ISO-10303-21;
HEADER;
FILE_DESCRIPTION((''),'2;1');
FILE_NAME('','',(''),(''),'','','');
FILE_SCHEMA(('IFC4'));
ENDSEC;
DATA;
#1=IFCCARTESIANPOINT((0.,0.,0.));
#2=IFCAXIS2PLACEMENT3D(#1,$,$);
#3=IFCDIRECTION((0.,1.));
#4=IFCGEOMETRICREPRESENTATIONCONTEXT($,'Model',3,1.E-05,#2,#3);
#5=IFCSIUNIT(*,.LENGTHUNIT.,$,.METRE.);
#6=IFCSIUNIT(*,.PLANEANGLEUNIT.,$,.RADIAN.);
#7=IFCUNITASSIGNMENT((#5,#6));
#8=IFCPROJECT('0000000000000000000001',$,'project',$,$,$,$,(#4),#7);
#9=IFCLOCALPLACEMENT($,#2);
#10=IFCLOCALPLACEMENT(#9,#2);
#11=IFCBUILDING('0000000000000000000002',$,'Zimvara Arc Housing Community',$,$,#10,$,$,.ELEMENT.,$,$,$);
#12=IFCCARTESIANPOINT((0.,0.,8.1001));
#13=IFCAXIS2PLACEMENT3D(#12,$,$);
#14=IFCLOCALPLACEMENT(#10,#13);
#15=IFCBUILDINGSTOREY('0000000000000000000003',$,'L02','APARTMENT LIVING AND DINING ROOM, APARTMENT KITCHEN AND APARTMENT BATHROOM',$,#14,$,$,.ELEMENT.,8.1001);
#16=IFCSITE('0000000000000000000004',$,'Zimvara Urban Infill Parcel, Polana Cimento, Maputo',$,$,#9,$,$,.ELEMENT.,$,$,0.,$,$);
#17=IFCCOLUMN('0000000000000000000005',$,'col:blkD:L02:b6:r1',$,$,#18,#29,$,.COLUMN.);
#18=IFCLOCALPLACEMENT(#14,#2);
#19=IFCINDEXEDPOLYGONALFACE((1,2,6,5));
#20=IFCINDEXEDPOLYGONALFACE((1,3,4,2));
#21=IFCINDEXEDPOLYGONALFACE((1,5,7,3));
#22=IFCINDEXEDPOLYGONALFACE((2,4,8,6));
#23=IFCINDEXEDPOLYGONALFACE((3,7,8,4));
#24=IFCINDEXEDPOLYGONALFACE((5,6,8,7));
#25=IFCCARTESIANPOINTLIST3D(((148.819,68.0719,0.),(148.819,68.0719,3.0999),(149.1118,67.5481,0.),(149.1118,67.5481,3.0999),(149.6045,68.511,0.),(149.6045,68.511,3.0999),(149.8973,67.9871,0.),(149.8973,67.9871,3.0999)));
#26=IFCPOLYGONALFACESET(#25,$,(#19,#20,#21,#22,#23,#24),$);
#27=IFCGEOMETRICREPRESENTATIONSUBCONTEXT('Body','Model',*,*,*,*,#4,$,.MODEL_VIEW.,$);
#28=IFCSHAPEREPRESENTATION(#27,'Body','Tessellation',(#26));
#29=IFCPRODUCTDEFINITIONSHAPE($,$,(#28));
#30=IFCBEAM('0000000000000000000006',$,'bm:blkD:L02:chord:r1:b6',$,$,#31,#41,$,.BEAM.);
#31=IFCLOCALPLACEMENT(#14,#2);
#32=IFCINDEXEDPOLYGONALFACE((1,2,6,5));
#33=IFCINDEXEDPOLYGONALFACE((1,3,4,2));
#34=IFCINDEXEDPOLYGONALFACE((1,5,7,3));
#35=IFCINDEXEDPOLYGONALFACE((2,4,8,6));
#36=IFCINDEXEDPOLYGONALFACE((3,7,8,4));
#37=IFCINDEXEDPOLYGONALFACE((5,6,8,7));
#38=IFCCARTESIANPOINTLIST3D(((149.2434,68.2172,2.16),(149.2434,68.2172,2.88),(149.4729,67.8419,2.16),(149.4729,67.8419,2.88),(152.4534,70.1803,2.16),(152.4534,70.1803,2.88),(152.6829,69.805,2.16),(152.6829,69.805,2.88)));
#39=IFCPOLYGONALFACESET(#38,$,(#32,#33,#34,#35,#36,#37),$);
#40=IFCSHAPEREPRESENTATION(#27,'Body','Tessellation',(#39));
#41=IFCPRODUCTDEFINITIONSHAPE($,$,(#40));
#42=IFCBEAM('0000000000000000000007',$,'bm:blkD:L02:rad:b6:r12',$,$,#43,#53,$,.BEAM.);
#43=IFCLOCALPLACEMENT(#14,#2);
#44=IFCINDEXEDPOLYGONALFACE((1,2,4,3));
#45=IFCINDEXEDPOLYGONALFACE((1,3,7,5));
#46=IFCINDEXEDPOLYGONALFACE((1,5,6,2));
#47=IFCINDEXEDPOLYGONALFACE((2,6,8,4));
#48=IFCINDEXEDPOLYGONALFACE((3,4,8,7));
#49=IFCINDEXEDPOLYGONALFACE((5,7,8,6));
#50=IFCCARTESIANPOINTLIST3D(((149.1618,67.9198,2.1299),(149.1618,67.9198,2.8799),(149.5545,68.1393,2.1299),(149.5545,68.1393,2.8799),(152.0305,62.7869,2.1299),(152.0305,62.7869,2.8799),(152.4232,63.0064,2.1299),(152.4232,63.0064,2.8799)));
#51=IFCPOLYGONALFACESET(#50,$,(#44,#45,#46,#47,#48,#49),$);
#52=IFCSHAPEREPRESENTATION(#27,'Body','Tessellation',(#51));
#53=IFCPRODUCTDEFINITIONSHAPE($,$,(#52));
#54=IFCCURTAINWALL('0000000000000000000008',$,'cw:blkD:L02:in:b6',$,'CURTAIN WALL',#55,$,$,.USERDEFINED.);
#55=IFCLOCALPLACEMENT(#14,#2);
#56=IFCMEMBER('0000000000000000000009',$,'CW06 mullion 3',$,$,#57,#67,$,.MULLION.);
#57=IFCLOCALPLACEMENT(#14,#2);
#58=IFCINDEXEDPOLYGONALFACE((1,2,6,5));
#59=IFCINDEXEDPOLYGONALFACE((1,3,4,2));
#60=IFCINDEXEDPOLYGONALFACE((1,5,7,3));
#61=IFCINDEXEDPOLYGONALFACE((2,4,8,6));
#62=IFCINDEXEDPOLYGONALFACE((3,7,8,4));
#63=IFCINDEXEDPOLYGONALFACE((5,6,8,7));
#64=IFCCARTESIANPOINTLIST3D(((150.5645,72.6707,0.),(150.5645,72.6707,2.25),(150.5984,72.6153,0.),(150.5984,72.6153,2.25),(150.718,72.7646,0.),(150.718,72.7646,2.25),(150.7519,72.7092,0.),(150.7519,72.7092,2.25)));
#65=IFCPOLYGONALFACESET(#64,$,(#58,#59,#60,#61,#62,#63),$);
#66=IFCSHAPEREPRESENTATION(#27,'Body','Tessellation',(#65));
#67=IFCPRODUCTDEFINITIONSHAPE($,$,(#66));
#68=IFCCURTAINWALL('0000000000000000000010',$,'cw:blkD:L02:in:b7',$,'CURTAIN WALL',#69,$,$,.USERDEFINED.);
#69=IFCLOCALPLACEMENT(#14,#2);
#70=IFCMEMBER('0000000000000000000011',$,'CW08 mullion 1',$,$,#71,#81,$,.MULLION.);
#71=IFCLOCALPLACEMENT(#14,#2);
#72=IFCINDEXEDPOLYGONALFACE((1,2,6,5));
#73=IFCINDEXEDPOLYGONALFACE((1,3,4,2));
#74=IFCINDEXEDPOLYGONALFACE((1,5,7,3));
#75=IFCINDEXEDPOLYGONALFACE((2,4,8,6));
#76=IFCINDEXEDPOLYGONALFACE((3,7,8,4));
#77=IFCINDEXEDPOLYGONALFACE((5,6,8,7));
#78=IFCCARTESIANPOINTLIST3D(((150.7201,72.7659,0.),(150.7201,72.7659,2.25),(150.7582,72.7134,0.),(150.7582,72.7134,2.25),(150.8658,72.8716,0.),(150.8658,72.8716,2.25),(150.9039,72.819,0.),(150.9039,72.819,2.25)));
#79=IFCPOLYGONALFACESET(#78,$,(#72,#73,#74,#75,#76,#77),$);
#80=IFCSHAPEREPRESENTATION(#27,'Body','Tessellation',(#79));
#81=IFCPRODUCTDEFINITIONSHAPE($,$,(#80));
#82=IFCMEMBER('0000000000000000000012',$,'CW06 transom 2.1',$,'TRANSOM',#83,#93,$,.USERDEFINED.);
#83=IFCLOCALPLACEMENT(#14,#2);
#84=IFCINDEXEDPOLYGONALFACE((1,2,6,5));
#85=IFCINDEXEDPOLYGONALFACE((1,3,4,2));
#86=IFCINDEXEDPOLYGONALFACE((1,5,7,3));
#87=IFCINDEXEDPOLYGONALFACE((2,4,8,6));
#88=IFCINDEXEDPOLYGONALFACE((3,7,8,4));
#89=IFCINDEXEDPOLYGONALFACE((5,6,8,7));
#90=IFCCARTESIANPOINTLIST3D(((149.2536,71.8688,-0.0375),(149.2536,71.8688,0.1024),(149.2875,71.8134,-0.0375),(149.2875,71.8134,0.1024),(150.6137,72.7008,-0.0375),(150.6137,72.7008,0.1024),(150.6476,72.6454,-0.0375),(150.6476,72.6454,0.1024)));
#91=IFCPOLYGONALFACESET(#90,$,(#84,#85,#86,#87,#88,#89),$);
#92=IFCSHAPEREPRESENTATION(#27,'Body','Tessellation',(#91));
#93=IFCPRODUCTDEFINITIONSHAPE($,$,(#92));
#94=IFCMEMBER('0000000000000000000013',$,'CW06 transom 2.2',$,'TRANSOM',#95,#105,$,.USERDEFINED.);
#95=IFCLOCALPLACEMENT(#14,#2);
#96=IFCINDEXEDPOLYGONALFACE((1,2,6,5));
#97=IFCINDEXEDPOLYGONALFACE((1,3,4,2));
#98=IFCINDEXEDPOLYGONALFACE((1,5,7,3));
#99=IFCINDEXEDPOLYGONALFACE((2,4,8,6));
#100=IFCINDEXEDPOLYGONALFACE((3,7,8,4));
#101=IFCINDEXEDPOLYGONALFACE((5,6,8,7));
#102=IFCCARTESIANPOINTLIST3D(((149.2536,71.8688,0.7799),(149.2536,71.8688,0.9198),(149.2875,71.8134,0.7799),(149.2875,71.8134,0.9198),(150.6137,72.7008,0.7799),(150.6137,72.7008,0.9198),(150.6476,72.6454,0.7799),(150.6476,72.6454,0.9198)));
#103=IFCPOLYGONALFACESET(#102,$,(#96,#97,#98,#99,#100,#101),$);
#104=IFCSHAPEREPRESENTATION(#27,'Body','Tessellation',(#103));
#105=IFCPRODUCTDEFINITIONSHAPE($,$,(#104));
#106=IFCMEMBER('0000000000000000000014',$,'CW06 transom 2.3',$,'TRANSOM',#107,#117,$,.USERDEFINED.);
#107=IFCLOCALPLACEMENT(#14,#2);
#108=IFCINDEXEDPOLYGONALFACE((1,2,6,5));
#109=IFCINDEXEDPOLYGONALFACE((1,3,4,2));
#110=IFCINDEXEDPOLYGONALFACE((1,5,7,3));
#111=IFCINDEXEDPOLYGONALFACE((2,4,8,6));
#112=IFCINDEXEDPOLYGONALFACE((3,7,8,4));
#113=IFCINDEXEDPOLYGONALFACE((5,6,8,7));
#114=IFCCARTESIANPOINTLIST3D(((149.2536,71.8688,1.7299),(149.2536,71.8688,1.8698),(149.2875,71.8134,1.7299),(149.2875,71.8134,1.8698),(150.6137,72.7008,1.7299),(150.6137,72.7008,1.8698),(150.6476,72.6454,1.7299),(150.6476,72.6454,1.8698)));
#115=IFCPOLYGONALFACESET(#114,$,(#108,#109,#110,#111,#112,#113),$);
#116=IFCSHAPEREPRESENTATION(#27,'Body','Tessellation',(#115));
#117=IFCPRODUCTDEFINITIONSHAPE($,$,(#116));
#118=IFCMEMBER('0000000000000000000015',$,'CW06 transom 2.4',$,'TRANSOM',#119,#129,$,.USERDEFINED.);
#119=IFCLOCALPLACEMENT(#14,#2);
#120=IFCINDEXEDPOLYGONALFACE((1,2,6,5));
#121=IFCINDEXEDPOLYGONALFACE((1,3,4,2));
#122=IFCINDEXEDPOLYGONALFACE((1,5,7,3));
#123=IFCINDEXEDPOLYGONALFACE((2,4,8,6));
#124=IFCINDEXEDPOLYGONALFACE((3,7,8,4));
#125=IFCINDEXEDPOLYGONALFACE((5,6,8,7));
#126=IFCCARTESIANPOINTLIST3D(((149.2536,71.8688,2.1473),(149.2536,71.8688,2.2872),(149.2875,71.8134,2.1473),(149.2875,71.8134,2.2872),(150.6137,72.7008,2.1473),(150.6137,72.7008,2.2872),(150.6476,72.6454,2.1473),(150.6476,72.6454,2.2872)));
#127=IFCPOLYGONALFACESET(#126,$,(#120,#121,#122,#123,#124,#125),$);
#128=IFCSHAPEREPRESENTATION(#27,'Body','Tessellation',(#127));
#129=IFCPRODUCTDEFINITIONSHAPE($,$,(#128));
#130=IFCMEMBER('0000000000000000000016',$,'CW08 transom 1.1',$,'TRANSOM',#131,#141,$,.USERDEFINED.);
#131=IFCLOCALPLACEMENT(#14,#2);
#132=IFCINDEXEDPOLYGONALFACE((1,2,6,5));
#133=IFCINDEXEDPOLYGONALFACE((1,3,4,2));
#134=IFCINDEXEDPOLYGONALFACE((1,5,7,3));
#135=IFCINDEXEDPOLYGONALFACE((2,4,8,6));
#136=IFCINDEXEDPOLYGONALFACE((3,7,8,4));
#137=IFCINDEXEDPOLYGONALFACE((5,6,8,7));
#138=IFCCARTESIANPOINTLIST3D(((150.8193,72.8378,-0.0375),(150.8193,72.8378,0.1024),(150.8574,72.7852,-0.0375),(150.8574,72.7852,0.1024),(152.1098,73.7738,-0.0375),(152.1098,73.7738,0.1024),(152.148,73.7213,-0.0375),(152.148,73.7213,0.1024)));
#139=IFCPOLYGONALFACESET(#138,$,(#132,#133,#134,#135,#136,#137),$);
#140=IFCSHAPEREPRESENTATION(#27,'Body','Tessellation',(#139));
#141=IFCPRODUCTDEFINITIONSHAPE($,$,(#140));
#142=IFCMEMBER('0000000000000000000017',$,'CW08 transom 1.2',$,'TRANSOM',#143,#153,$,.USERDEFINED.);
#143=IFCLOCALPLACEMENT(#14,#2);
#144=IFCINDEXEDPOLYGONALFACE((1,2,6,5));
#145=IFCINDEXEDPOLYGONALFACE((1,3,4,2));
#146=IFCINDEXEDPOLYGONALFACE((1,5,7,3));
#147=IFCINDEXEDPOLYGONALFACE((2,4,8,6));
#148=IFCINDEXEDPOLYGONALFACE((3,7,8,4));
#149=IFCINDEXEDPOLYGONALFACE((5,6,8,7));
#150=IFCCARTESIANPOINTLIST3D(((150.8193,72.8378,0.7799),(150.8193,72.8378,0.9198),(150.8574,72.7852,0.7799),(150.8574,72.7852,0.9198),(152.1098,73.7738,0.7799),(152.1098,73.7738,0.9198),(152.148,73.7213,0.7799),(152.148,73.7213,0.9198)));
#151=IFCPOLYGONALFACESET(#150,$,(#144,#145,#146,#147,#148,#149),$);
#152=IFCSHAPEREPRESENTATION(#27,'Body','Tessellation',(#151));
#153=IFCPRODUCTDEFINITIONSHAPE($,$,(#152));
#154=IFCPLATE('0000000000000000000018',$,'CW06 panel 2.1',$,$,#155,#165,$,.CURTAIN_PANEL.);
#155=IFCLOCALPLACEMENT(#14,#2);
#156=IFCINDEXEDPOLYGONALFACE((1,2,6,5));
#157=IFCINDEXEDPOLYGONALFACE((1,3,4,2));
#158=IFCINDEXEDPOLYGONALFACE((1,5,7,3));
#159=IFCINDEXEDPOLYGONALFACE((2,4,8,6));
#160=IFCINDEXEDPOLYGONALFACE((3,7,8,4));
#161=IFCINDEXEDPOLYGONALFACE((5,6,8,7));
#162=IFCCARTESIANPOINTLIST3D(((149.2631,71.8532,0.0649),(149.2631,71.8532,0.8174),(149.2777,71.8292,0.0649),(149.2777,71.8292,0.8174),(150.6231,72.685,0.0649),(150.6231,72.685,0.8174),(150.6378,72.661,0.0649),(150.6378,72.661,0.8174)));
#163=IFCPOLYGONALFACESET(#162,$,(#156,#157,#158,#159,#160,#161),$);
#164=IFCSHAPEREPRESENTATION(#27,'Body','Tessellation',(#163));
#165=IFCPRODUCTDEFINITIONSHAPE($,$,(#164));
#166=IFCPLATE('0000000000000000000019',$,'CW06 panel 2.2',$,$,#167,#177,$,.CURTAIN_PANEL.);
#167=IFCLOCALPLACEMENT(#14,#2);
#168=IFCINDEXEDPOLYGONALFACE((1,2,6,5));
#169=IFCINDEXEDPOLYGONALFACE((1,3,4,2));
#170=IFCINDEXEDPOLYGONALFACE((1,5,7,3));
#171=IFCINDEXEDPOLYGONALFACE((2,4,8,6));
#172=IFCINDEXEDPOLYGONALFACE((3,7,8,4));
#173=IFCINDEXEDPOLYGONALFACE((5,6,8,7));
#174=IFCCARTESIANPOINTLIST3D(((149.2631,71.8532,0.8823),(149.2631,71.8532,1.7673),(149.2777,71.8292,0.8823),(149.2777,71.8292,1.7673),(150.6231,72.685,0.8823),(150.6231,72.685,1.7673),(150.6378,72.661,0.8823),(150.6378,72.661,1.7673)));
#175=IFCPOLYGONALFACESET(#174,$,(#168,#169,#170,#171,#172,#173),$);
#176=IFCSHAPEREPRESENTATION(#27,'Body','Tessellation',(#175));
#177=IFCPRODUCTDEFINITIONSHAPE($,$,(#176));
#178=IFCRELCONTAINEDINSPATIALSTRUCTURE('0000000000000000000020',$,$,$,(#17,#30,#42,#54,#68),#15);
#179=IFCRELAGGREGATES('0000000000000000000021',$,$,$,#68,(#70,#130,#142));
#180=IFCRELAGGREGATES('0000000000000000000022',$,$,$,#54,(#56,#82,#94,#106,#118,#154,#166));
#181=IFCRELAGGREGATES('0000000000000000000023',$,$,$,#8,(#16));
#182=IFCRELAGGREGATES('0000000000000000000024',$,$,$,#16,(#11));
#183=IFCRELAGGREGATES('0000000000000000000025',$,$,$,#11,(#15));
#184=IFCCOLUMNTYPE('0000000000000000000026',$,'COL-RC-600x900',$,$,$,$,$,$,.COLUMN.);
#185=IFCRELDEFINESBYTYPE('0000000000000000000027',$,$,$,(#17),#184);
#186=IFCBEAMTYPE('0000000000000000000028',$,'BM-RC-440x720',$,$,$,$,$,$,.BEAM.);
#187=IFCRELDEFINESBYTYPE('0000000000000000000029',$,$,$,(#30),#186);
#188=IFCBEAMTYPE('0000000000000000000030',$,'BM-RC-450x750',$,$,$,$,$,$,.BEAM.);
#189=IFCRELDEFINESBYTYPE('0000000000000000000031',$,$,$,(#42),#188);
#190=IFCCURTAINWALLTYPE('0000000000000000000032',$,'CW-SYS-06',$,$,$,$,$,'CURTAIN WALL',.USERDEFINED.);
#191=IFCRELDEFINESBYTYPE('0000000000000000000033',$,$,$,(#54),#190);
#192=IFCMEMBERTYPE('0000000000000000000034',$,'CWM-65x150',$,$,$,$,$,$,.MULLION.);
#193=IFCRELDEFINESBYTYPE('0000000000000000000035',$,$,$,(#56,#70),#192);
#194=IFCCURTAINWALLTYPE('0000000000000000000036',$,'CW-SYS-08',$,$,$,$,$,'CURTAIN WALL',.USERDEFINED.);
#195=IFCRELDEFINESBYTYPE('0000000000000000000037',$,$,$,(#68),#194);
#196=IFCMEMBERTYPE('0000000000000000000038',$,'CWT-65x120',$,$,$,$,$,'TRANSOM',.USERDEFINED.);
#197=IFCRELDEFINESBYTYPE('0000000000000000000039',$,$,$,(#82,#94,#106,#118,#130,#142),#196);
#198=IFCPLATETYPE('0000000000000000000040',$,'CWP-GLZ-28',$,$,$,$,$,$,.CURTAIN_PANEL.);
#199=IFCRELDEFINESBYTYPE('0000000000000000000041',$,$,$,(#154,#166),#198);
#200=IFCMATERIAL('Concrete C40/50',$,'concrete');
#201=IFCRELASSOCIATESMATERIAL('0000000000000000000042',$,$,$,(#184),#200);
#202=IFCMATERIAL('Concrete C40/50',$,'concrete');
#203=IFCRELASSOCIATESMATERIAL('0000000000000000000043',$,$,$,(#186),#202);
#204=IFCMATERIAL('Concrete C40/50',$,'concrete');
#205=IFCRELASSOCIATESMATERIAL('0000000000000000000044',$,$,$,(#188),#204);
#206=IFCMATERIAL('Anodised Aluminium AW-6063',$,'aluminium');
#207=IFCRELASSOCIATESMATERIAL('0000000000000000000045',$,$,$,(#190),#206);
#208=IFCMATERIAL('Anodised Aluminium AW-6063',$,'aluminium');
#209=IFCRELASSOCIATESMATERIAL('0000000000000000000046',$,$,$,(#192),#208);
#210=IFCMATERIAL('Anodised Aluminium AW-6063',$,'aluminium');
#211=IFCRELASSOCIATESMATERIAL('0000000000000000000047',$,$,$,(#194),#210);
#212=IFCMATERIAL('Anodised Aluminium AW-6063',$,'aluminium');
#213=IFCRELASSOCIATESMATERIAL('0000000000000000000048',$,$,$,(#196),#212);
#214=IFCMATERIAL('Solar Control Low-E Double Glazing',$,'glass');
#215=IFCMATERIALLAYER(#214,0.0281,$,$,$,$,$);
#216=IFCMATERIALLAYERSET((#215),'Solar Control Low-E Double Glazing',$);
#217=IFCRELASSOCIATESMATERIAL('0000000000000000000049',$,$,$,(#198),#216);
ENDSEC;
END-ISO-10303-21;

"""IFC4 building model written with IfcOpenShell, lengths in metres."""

from ifc_helpers import new_model, si_unit, direction, frame, origin, origin_2d, place, context, subcontext, project, spatial, rectangle, extrude, material, layer, layer_set, material_profile, profile_set, type_object, element, aggregate, save


model = new_model("IFC4")

# Units and contexts
model_context = context("Model", 3, precision=1e-05, world=origin(), true_north=direction((0.0, 1.0)))
body_context = subcontext(model_context, "Body", "Model", "MODEL_VIEW")
ifc_project = project(units=[si_unit("LENGTHUNIT", "METRE"), si_unit("PLANEANGLEUNIT", "RADIAN")], contexts=[model_context])

# Site, building, storey
site_placement = place(None, origin())
site = spatial("IfcSite", under=ifc_project, at=site_placement, Name="Zimvara Urban Infill Parcel, Polana Cimento, Maputo", CompositionType="ELEMENT", RefElevation=0.0)
building_placement = place(site_placement, origin())
building = spatial("IfcBuilding", under=site, at=building_placement, Name="Zimvara Arc Housing Community", CompositionType="ELEMENT")
storey_placement = place(building_placement, frame((0.0, 0.0, 8.1001)))
storey = spatial("IfcBuildingStorey", under=building, at=storey_placement, Name="L02", Description="APARTMENT LIVING AND DINING ROOM, APARTMENT KITCHEN AND APARTMENT BATHROOM", CompositionType="ELEMENT", Elevation=8.1001)

# Column
ifc_material_1 = material(Name="Concrete C40/50", Category="concrete")
ifc_material_profile_1 = material_profile(ifc_material_1, rectangle(XDim=0.6001, YDim=0.8999, at=origin_2d()), Name="RC 600x900")
ifc_profile_set_1 = profile_set([ifc_material_profile_1], Name="Concrete C40/50")
column_type = type_object("IfcColumnType", Name="COL-RC-600x900", PredefinedType="COLUMN", material=ifc_profile_set_1)
column_placement = place(storey_placement, frame((149.3582, 68.0295, 0.0), z_axis=(0.0, 0.0, 1.0), x_axis=(0.48786, -0.872922, 0.0)))
element("IfcColumn", 1, at=column_placement, inside=storey, type_object=column_type, Name="col:blkD:L02:b6:r1", PredefinedType="COLUMN", context=body_context, shape_type="SweptSolid", body=[
    extrude(rectangle(XDim=0.6001, YDim=0.8999, at=origin_2d()), origin(), (0.0, 0.0, 1.0), 3.0999),
])

# Beams
ifc_material_2 = material(Name="Concrete C40/50", Category="concrete")
ifc_material_profile_2 = material_profile(ifc_material_2, rectangle(XDim=0.4399, YDim=0.72, at=origin_2d()), Name="RC 440x720")
ifc_profile_set_2 = profile_set([ifc_material_profile_2], Name="Concrete C40/50")
beam_type_1 = type_object("IfcBeamType", Name="BM-RC-440x720", PredefinedType="BEAM", material=ifc_profile_set_2)
beam_1_placement = place(storey_placement, frame((149.3582, 68.0295, 2.52), z_axis=(0.853105, 0.521739, 0.0), x_axis=(-0.521739, 0.853105, 0.0)))
element("IfcBeam", 2, at=beam_1_placement, inside=storey, type_object=beam_type_1, Name="bm:blkD:L02:chord:r1:b6", PredefinedType="BEAM", context=body_context, shape_type="SweptSolid", body=[
    extrude(rectangle(XDim=0.4399, YDim=0.72, at=origin_2d()), origin(), (0.0, 0.0, 1.0), 3.7627),
])
ifc_material_3 = material(Name="Concrete C40/50", Category="concrete")
ifc_material_profile_3 = material_profile(ifc_material_3, rectangle(XDim=0.45, YDim=0.75, at=origin_2d()), Name="RC 450x750")
ifc_profile_set_3 = profile_set([ifc_material_profile_3], Name="Concrete C40/50")
beam_type_2 = type_object("IfcBeamType", Name="BM-RC-450x750", PredefinedType="BEAM", material=ifc_profile_set_3)
beam_2_placement = place(storey_placement, frame((149.3582, 68.0295, 2.5049), z_axis=(0.487862, -0.872921, 0.0), x_axis=(0.872921, 0.487862, 0.0)))
element("IfcBeam", 3, at=beam_2_placement, inside=storey, type_object=beam_type_2, Name="bm:blkD:L02:rad:b6:r12", PredefinedType="BEAM", context=body_context, shape_type="SweptSolid", body=[
    extrude(rectangle(XDim=0.45, YDim=0.75, at=origin_2d()), origin(), (0.0, 0.0, 1.0), 5.8801),
])

# Curtain walls, members
ifc_material_4 = material(Name="Anodised Aluminium AW-6063", Category="aluminium")
curtain_wall_type_1 = type_object("IfcCurtainWallType", Name="CW-SYS-06", ElementType="CURTAIN WALL", PredefinedType="USERDEFINED", material=ifc_material_4)
curtain_wall_1_placement = place(storey_placement, origin())
curtain_wall_1 = element("IfcCurtainWall", 4, at=curtain_wall_1_placement, inside=storey, type_object=curtain_wall_type_1, Name="cw:blkD:L02:in:b6", ObjectType="CURTAIN WALL", PredefinedType="USERDEFINED")
ifc_material_5 = material(Name="Anodised Aluminium AW-6063", Category="aluminium")
ifc_material_profile_4 = material_profile(ifc_material_5, rectangle(XDim=0.0649, YDim=0.1799, at=origin_2d()), Name="ALU 65x180")
ifc_profile_set_4 = profile_set([ifc_material_profile_4], Name="Anodised Aluminium AW-6063")
member_type_1 = type_object("IfcMemberType", Name="CWM-65x150", PredefinedType="MULLION", material=ifc_profile_set_4)
member_1_placement = place(storey_placement, frame((150.6582, 72.6899, 0.0), z_axis=(0.0, 0.0, 1.0), x_axis=(-0.521754, 0.853096, 0.0)))
member_1 = element("IfcMember", 5, at=member_1_placement, type_object=member_type_1, Name="CW06 mullion 3", PredefinedType="MULLION", context=body_context, shape_type="SweptSolid", body=[
    extrude(rectangle(XDim=0.0649, YDim=0.1799, at=origin_2d()), origin(), (0.0, 0.0, 1.0), 2.25),
])
ifc_material_6 = material(Name="Anodised Aluminium AW-6063", Category="aluminium")
curtain_wall_type_2 = type_object("IfcCurtainWallType", Name="CW-SYS-08", ElementType="CURTAIN WALL", PredefinedType="USERDEFINED", material=ifc_material_6)
curtain_wall_2_placement = place(storey_placement, origin())
curtain_wall_2 = element("IfcCurtainWall", 6, at=curtain_wall_2_placement, inside=storey, type_object=curtain_wall_type_2, Name="cw:blkD:L02:in:b7", ObjectType="CURTAIN WALL", PredefinedType="USERDEFINED")
member_2_placement = place(storey_placement, frame((150.812, 72.7925, 0.0), z_axis=(0.0, 0.0, 1.0), x_axis=(-0.587079, 0.809529, 0.0)))
member_2 = element("IfcMember", 7, at=member_2_placement, type_object=member_type_1, Name="CW08 mullion 1", PredefinedType="MULLION", context=body_context, shape_type="SweptSolid", body=[
    extrude(rectangle(XDim=0.0649, YDim=0.1799, at=origin_2d()), origin(), (0.0, 0.0, 1.0), 2.25),
])

# Members
ifc_material_7 = material(Name="Anodised Aluminium AW-6063", Category="aluminium")
ifc_material_profile_5 = material_profile(ifc_material_7, rectangle(XDim=0.0649, YDim=0.1399, at=origin_2d()), Name="ALU 65x140")
ifc_profile_set_5 = profile_set([ifc_material_profile_5], Name="Anodised Aluminium AW-6063")
member_type_2 = type_object("IfcMemberType", Name="CWT-65x120", ElementType="TRANSOM", PredefinedType="USERDEFINED", material=ifc_profile_set_5)
member_3_placement = place(storey_placement, frame((149.2705, 71.8411, 0.0325), z_axis=(0.853043, 0.52184, 0.0), x_axis=(-0.52184, 0.853043, 0.0)))
member_3 = element("IfcMember", 8, at=member_3_placement, type_object=member_type_2, Name="CW06 transom 2.1", ObjectType="TRANSOM", PredefinedType="USERDEFINED", context=body_context, shape_type="SweptSolid", body=[
    extrude(rectangle(XDim=0.0649, YDim=0.1399, at=origin_2d()), origin(), (0.0, 0.0, 1.0), 1.5945),
])
member_4_placement = place(storey_placement, frame((149.2705, 71.8411, 0.8499), z_axis=(0.853043, 0.52184, 0.0), x_axis=(-0.52184, 0.853043, 0.0)))
member_4 = element("IfcMember", 9, at=member_4_placement, type_object=member_type_2, Name="CW06 transom 2.2", ObjectType="TRANSOM", PredefinedType="USERDEFINED", context=body_context, shape_type="SweptSolid", body=[
    extrude(rectangle(XDim=0.0649, YDim=0.1399, at=origin_2d()), origin(), (0.0, 0.0, 1.0), 1.5945),
])
member_5_placement = place(storey_placement, frame((149.2705, 71.8411, 1.7998), z_axis=(0.853043, 0.52184, 0.0), x_axis=(-0.52184, 0.853043, 0.0)))
member_5 = element("IfcMember", 10, at=member_5_placement, type_object=member_type_2, Name="CW06 transom 2.3", ObjectType="TRANSOM", PredefinedType="USERDEFINED", context=body_context, shape_type="SweptSolid", body=[
    extrude(rectangle(XDim=0.0649, YDim=0.1399, at=origin_2d()), origin(), (0.0, 0.0, 1.0), 1.5945),
])
member_6_placement = place(storey_placement, frame((149.2705, 71.8411, 2.2173), z_axis=(0.853043, 0.52184, 0.0), x_axis=(-0.52184, 0.853043, 0.0)))
member_6 = element("IfcMember", 11, at=member_6_placement, type_object=member_type_2, Name="CW06 transom 2.4", ObjectType="TRANSOM", PredefinedType="USERDEFINED", context=body_context, shape_type="SweptSolid", body=[
    extrude(rectangle(XDim=0.0649, YDim=0.1399, at=origin_2d()), origin(), (0.0, 0.0, 1.0), 1.5945),
])
member_7_placement = place(storey_placement, frame((150.8384, 72.8115, 0.0325), z_axis=(0.80949, 0.587133, 0.0), x_axis=(-0.587133, 0.80949, 0.0)))
member_7 = element("IfcMember", 12, at=member_7_placement, type_object=member_type_2, Name="CW08 transom 1.1", ObjectType="TRANSOM", PredefinedType="USERDEFINED", context=body_context, shape_type="SweptSolid", body=[
    extrude(rectangle(XDim=0.0649, YDim=0.1399, at=origin_2d()), origin(), (0.0, 0.0, 1.0), 1.5942),
])
member_8_placement = place(storey_placement, frame((150.8384, 72.8115, 0.8499), z_axis=(0.80949, 0.587133, 0.0), x_axis=(-0.587133, 0.80949, 0.0)))
member_8 = element("IfcMember", 13, at=member_8_placement, type_object=member_type_2, Name="CW08 transom 1.2", ObjectType="TRANSOM", PredefinedType="USERDEFINED", context=body_context, shape_type="SweptSolid", body=[
    extrude(rectangle(XDim=0.0649, YDim=0.1399, at=origin_2d()), origin(), (0.0, 0.0, 1.0), 1.5942),
])
aggregate(curtain_wall_2, [member_2, member_7, member_8])

# Plates
ifc_material_8 = material(Name="Solar Control Low-E Double Glazing", Category="glass")
ifc_layer_1 = layer(ifc_material_8, 0.0281)
ifc_layer_set_1 = layer_set([ifc_layer_1], Name="Solar Control Low-E Double Glazing")
plate_type = type_object("IfcPlateType", Name="CWP-GLZ-28", PredefinedType="CURTAIN_PANEL", material=ifc_layer_set_1)
plate_1_placement = place(storey_placement, frame((149.9504, 72.2571, 0.0649), z_axis=(0.0, 0.0, 1.0), x_axis=(0.853096, 0.521754, 0.0)))
plate_1 = element("IfcPlate", 14, at=plate_1_placement, type_object=plate_type, Name="CW06 panel 2.1", PredefinedType="CURTAIN_PANEL", context=body_context, shape_type="SweptSolid", body=[
    extrude(rectangle(XDim=1.5942, YDim=0.0281, at=origin_2d()), origin(), (0.0, 0.0, 1.0), 0.7524),
])
plate_2_placement = place(storey_placement, frame((149.9504, 72.2571, 0.8823), z_axis=(0.0, 0.0, 1.0), x_axis=(0.853096, 0.521754, 0.0)))
plate_2 = element("IfcPlate", 15, at=plate_2_placement, type_object=plate_type, Name="CW06 panel 2.2", PredefinedType="CURTAIN_PANEL", context=body_context, shape_type="SweptSolid", body=[
    extrude(rectangle(XDim=1.5942, YDim=0.0281, at=origin_2d()), origin(), (0.0, 0.0, 1.0), 0.885),
])
aggregate(curtain_wall_1, [member_1, member_3, member_4, member_5, member_6, plate_1, plate_2])

save(model, "model.ifc")
